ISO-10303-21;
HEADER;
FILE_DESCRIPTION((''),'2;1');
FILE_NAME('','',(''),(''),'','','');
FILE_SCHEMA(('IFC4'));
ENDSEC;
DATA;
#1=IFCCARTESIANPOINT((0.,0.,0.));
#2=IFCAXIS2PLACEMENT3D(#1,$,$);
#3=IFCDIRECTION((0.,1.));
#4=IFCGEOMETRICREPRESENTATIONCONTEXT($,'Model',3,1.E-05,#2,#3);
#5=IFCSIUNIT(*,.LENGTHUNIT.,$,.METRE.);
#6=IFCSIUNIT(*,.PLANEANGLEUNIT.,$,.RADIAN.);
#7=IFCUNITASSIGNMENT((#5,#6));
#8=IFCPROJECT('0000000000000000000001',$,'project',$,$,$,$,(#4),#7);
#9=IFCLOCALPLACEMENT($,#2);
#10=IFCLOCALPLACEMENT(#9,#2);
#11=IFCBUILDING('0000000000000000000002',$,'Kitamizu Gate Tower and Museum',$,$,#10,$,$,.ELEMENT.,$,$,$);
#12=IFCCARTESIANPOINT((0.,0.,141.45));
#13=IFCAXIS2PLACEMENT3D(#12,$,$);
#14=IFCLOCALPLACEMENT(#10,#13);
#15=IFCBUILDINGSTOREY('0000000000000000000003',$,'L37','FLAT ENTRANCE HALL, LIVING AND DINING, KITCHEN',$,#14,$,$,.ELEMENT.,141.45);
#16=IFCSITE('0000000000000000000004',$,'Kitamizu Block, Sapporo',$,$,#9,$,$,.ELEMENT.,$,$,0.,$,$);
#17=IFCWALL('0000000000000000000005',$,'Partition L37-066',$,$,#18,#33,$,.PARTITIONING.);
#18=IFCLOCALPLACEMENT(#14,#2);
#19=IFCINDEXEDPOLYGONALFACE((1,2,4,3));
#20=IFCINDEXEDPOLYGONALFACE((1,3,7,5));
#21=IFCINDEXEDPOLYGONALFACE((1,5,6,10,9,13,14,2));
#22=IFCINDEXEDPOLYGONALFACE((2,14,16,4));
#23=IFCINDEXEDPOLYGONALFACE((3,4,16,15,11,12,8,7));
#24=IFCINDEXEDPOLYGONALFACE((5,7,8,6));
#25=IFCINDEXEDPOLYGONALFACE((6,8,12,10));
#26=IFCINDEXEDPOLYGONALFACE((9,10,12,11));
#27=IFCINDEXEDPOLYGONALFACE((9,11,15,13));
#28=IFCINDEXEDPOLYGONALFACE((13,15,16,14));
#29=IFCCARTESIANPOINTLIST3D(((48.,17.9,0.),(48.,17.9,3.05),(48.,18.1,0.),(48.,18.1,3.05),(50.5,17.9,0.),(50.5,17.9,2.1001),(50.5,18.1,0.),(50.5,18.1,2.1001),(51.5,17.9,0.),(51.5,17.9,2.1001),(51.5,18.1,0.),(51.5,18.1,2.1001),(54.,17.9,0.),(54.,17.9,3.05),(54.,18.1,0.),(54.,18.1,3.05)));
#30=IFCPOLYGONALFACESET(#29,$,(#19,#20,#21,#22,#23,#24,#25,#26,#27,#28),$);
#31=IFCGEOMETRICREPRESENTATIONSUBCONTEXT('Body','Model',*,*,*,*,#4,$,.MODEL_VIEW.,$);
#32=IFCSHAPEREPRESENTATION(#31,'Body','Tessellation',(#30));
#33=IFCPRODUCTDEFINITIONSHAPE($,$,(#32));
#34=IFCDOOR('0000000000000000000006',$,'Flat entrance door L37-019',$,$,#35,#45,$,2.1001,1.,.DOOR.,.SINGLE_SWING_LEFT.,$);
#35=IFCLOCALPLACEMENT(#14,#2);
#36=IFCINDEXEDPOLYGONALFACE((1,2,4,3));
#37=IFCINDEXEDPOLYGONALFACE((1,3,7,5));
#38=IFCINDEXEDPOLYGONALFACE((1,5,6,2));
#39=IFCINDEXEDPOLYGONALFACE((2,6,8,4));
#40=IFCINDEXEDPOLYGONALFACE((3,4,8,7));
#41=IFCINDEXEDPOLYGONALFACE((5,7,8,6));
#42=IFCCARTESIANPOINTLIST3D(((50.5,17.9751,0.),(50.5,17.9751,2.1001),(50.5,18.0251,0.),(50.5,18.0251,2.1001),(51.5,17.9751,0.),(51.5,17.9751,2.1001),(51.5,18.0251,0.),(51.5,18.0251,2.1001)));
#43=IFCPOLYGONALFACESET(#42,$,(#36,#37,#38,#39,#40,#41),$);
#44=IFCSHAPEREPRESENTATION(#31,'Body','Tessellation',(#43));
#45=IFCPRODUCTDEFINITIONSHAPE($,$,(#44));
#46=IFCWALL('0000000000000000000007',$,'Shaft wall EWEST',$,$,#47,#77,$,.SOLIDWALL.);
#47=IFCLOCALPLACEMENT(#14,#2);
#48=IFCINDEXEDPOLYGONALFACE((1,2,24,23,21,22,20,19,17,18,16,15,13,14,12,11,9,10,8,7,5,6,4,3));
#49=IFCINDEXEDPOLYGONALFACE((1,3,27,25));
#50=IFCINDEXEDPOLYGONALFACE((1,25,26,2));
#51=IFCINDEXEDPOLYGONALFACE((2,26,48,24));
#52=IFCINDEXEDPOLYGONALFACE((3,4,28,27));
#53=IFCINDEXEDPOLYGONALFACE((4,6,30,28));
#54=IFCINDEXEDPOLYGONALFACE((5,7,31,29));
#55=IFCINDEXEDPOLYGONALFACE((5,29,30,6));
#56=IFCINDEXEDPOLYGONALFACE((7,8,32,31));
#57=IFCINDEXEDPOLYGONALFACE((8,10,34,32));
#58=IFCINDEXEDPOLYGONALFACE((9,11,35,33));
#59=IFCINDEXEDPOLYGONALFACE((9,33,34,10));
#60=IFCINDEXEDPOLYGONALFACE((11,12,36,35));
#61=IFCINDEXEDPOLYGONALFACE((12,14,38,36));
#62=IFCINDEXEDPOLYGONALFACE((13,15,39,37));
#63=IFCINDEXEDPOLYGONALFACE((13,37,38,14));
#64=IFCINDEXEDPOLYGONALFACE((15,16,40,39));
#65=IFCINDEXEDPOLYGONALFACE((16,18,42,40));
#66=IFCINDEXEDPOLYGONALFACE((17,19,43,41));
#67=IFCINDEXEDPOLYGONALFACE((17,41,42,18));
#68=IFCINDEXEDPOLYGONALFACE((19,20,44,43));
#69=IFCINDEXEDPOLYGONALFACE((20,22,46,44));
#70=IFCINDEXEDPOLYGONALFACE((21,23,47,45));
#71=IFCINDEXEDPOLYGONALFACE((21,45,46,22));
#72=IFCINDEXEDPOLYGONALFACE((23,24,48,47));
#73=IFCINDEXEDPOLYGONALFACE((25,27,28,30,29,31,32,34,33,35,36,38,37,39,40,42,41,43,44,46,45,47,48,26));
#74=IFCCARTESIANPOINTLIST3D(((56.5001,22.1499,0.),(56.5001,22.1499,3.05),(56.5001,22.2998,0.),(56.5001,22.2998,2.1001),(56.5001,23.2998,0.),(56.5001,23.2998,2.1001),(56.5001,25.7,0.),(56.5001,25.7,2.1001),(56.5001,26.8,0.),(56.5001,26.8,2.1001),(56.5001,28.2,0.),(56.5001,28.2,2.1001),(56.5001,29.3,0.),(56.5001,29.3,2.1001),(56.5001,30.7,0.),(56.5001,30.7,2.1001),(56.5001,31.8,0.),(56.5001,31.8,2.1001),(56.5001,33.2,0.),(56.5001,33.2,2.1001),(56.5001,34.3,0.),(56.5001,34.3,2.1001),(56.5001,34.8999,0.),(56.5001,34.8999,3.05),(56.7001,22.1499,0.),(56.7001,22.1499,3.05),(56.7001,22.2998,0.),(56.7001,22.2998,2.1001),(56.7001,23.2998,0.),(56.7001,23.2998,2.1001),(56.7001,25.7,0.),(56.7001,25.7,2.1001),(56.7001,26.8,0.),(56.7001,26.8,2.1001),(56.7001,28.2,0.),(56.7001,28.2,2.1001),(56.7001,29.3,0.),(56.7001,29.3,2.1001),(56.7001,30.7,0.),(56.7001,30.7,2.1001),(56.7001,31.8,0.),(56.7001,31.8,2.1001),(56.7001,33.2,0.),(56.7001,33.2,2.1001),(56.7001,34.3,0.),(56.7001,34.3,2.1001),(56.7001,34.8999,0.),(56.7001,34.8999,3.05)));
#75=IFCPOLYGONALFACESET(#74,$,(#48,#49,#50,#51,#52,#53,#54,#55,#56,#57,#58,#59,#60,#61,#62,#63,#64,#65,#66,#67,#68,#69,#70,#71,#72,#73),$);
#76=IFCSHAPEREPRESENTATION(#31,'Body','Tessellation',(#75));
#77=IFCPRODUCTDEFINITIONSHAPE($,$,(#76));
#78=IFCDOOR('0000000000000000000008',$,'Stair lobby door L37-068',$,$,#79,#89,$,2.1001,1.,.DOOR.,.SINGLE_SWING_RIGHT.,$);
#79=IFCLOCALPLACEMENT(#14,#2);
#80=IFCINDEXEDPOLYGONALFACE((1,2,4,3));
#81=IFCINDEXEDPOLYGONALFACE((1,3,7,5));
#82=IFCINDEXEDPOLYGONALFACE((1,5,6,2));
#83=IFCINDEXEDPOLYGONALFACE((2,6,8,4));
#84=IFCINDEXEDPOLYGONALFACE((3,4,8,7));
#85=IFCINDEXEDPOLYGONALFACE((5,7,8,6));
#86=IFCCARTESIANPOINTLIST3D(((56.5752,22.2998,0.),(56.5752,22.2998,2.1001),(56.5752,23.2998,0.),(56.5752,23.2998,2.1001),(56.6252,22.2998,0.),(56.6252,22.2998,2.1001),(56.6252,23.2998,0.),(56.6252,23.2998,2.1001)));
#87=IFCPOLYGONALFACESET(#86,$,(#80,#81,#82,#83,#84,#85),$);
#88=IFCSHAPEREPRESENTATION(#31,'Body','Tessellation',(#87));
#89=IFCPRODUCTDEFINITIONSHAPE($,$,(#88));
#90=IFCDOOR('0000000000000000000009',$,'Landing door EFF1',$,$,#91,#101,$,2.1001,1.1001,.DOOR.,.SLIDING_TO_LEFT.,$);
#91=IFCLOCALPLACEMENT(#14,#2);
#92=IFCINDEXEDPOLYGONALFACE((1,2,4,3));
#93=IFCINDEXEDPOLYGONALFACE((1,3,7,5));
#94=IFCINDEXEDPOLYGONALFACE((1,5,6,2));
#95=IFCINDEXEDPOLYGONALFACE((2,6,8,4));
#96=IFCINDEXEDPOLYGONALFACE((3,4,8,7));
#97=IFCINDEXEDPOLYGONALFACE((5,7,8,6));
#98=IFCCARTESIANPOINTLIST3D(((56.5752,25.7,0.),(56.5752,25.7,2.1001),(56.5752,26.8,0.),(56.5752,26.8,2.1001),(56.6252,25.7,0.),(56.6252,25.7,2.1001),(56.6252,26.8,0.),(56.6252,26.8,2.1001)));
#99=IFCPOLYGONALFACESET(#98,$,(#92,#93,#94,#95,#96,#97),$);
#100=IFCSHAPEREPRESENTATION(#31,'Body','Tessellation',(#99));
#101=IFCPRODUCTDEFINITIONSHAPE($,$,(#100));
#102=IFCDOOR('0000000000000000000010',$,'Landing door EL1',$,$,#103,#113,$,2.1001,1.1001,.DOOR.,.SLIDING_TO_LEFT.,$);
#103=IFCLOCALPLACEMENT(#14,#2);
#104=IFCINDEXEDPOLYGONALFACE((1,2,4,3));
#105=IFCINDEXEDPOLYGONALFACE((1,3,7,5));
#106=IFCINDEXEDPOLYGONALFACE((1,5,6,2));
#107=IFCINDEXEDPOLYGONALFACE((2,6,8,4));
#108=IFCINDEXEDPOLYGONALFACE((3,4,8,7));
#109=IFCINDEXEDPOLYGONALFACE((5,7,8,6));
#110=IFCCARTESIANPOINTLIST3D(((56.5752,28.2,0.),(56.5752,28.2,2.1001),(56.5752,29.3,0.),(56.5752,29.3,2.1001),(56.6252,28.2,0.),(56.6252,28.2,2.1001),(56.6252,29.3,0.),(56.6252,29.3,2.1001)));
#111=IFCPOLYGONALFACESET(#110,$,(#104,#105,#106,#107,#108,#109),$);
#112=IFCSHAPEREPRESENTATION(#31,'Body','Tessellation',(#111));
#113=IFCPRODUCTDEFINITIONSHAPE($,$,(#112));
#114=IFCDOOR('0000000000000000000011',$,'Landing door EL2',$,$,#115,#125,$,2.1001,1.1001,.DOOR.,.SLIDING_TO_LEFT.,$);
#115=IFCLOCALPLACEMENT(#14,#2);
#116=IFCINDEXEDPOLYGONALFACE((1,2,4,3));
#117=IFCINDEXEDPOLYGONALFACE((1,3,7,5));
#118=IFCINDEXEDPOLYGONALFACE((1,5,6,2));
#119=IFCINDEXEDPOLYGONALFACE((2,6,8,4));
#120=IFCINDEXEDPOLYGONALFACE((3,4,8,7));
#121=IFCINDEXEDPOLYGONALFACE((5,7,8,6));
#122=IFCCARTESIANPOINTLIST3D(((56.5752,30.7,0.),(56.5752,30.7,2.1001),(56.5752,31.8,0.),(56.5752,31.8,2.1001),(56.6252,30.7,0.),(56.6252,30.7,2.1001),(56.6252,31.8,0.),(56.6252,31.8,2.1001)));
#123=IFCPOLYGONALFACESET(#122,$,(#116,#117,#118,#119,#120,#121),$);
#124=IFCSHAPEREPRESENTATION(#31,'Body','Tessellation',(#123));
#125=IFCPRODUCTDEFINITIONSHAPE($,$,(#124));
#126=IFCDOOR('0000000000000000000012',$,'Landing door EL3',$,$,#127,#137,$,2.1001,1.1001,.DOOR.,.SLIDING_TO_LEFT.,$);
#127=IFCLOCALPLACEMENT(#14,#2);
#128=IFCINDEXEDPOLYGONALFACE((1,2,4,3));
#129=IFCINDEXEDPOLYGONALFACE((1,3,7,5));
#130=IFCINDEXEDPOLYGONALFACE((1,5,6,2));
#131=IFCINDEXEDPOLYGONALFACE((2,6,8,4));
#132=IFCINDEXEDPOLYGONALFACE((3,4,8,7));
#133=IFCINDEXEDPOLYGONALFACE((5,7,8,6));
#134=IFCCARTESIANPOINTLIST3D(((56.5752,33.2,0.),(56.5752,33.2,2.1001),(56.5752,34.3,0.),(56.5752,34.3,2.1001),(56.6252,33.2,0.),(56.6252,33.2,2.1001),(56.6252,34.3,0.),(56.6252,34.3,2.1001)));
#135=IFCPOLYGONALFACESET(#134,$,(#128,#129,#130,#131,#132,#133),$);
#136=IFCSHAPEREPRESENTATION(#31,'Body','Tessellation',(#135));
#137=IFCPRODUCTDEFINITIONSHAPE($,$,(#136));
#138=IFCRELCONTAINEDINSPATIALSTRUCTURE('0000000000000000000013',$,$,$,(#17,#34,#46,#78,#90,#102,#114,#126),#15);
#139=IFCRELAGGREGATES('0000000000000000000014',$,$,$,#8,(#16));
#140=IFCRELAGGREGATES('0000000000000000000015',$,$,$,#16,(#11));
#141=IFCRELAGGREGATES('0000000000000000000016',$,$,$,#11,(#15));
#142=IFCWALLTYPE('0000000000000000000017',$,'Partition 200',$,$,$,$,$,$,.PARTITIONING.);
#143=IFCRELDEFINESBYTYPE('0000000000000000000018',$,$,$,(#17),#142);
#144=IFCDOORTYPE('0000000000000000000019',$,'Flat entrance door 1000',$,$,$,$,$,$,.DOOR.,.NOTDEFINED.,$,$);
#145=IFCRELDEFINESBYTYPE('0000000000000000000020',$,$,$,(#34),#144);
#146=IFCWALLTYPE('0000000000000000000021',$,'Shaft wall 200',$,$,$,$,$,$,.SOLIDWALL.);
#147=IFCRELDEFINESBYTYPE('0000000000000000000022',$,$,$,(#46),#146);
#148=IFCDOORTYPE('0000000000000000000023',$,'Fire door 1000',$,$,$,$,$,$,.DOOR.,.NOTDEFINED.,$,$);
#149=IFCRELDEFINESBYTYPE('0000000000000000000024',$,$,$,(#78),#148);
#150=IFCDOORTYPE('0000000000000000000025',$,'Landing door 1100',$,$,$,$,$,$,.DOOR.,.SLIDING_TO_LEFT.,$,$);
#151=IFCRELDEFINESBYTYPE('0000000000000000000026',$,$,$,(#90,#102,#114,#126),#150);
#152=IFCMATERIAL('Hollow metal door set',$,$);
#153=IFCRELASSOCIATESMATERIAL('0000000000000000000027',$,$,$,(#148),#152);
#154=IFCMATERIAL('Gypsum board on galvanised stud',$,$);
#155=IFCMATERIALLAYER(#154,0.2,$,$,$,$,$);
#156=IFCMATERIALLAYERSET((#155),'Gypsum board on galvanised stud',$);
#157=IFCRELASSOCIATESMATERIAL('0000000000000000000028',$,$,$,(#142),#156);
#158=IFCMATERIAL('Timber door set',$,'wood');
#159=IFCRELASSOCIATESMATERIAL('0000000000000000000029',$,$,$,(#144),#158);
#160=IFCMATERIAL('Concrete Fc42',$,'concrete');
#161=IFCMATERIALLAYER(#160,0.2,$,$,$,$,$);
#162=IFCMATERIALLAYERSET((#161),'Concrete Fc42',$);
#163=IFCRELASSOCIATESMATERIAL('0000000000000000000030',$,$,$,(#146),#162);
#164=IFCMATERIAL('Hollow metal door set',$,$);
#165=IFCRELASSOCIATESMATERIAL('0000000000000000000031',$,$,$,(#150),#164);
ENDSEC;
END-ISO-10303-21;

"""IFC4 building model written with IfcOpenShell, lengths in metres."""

from ifc_helpers import new_model, si_unit, direction, frame, frame_2d, origin, place, context, subcontext, project, spatial, rectangle, extrude, material, layer, layer_set, type_object, element, fill, save


model = new_model("IFC4")

# Units and contexts
model_context = context("Model", 3, precision=1e-05, world=origin(), true_north=direction((0.0, 1.0)))
body_context = subcontext(model_context, "Body", "Model", "MODEL_VIEW")
ifc_project = project(units=[si_unit("LENGTHUNIT", "METRE"), si_unit("PLANEANGLEUNIT", "RADIAN")], contexts=[model_context])

# Site, building, storey
site_placement = place(None, origin())
site = spatial("IfcSite", under=ifc_project, at=site_placement, Name="Kitamizu Block, Sapporo", CompositionType="ELEMENT", RefElevation=0.0)
building_placement = place(site_placement, origin())
building = spatial("IfcBuilding", under=site, at=building_placement, Name="Kitamizu Gate Tower and Museum", CompositionType="ELEMENT")
storey_placement = place(building_placement, frame((0.0, 0.0, 141.45)))
storey = spatial("IfcBuildingStorey", under=building, at=storey_placement, Name="L37", Description="FLAT ENTRANCE HALL, LIVING AND DINING, KITCHEN", CompositionType="ELEMENT", Elevation=141.45)

# Shared definitions
ifc_material_1 = material(Name="Hollow metal door set")
door_type_1 = type_object("IfcDoorType", Name="Fire door 1000", OperationType="NOTDEFINED", PredefinedType="DOOR", material=ifc_material_1)

# Wall, opening, door
ifc_material_2 = material(Name="Gypsum board on galvanised stud")
ifc_layer_1 = layer(ifc_material_2, 0.2)
ifc_layer_set_1 = layer_set([ifc_layer_1], Name="Gypsum board on galvanised stud")
wall_type_1 = type_object("IfcWallType", Name="Partition 200", PredefinedType="PARTITIONING", material=ifc_layer_set_1)
wall_1_placement = place(storey_placement, frame((54.0, 18.0, 0.0), z_axis=(0.0, 0.0, 1.0), x_axis=(-1.0, 0.0, 0.0)))
wall_1 = element("IfcWall", 1, at=wall_1_placement, inside=storey, type_object=wall_type_1, Name="Partition L37-066", PredefinedType="PARTITIONING", context=body_context, shape_type="SweptSolid", body=[
    extrude(rectangle(XDim=6.0, YDim=0.2, at=frame_2d((3.0, 0.0))), origin(), (0.0, 0.0, 1.0), 3.05),
])
opening_1_placement = place(wall_1_placement, frame((2.5, 0.0, 0.0)))
opening_1 = element("IfcOpeningElement", 2, at=opening_1_placement, cuts=wall_1, PredefinedType="OPENING", context=body_context, shape_type="SweptSolid", body=[
    extrude(rectangle(XDim=1.0, YDim=2.1001, at=frame_2d((0.5, 1.05))), frame((0.0, 0.1099, 0.0), z_axis=(0.0, -1.0, 0.0), x_axis=(1.0, 0.0, 0.0)), (0.0, 0.0, 1.0), 0.22),
])
ifc_material_3 = material(Name="Timber door set", Category="wood")
door_type_2 = type_object("IfcDoorType", Name="Flat entrance door 1000", OperationType="NOTDEFINED", PredefinedType="DOOR", material=ifc_material_3)
door_1_placement = place(opening_1_placement, origin())
door_1 = element("IfcDoor", 3, at=door_1_placement, inside=storey, type_object=door_type_2, Name="Flat entrance door L37-019", OperationType="SINGLE_SWING_LEFT", OverallHeight=2.1001, OverallWidth=1.0, PredefinedType="DOOR", context=body_context, shape_type="SweptSolid", body=[
    extrude(rectangle(XDim=1.0, YDim=2.1001, at=frame_2d((0.5, 1.05))), frame((0.0, 0.0249, 0.0), z_axis=(0.0, -1.0, 0.0), x_axis=(1.0, 0.0, 0.0)), (0.0, 0.0, 1.0), 0.05),
])
fill(opening_1, door_1)

# Wall, openings, doors
ifc_material_4 = material(Name="Concrete Fc42", Category="concrete")
ifc_layer_2 = layer(ifc_material_4, 0.2)
ifc_layer_set_2 = layer_set([ifc_layer_2], Name="Concrete Fc42")
wall_type_2 = type_object("IfcWallType", Name="Shaft wall 200", PredefinedType="SOLIDWALL", material=ifc_layer_set_2)
wall_2_placement = place(storey_placement, frame((56.6001, 22.1499, 0.0), z_axis=(0.0, 0.0, 1.0), x_axis=(0.0, 1.0, 0.0)))
wall_2 = element("IfcWall", 4, at=wall_2_placement, inside=storey, type_object=wall_type_2, Name="Shaft wall EWEST", PredefinedType="SOLIDWALL", context=body_context, shape_type="SweptSolid", body=[
    extrude(rectangle(XDim=12.75, YDim=0.2, at=frame_2d((6.375, 0.0))), origin(), (0.0, 0.0, 1.0), 3.05),
])
opening_2_placement = place(wall_2_placement, frame((3.55, 0.0, 0.0)))
opening_2 = element("IfcOpeningElement", 5, at=opening_2_placement, cuts=wall_2, PredefinedType="OPENING", context=body_context, shape_type="SweptSolid", body=[
    extrude(rectangle(XDim=1.1001, YDim=2.1001, at=frame_2d((0.55, 1.05))), frame((0.0, 0.1099, 0.0), z_axis=(0.0, -1.0, 0.0), x_axis=(1.0, 0.0, 0.0)), (0.0, 0.0, 1.0), 0.22),
])
opening_3_placement = place(wall_2_placement, frame((6.05, 0.0, 0.0)))
opening_3 = element("IfcOpeningElement", 6, at=opening_3_placement, cuts=wall_2, PredefinedType="OPENING", context=body_context, shape_type="SweptSolid", body=[
    extrude(rectangle(XDim=1.1001, YDim=2.1001, at=frame_2d((0.55, 1.05))), frame((0.0, 0.1099, 0.0), z_axis=(0.0, -1.0, 0.0), x_axis=(1.0, 0.0, 0.0)), (0.0, 0.0, 1.0), 0.22),
])
opening_4_placement = place(wall_2_placement, frame((8.55, 0.0, 0.0)))
opening_4 = element("IfcOpeningElement", 7, at=opening_4_placement, cuts=wall_2, PredefinedType="OPENING", context=body_context, shape_type="SweptSolid", body=[
    extrude(rectangle(XDim=1.1001, YDim=2.1001, at=frame_2d((0.55, 1.05))), frame((0.0, 0.1099, 0.0), z_axis=(0.0, -1.0, 0.0), x_axis=(1.0, 0.0, 0.0)), (0.0, 0.0, 1.0), 0.22),
])
opening_5_placement = place(wall_2_placement, frame((11.05, 0.0, 0.0)))
opening_5 = element("IfcOpeningElement", 8, at=opening_5_placement, cuts=wall_2, PredefinedType="OPENING", context=body_context, shape_type="SweptSolid", body=[
    extrude(rectangle(XDim=1.1001, YDim=2.1001, at=frame_2d((0.55, 1.05))), frame((0.0, 0.1099, 0.0), z_axis=(0.0, -1.0, 0.0), x_axis=(1.0, 0.0, 0.0)), (0.0, 0.0, 1.0), 0.22),
])
opening_6_placement = place(wall_2_placement, frame((0.1499, 0.0, 0.0)))
opening_6 = element("IfcOpeningElement", 9, at=opening_6_placement, cuts=wall_2, PredefinedType="OPENING", context=body_context, shape_type="SweptSolid", body=[
    extrude(rectangle(XDim=1.0, YDim=2.1001, at=frame_2d((0.5, 1.05))), frame((0.0, 0.1099, 0.0), z_axis=(0.0, -1.0, 0.0), x_axis=(1.0, 0.0, 0.0)), (0.0, 0.0, 1.0), 0.22),
])
door_2_placement = place(opening_6_placement, origin())
door_2 = element("IfcDoor", 10, at=door_2_placement, inside=storey, type_object=door_type_1, Name="Stair lobby door L37-068", OperationType="SINGLE_SWING_RIGHT", OverallHeight=2.1001, OverallWidth=1.0, PredefinedType="DOOR", context=body_context, shape_type="SweptSolid", body=[
    extrude(rectangle(XDim=1.0, YDim=2.1001, at=frame_2d((0.5, 1.05))), frame((0.0, 0.0249, 0.0), z_axis=(0.0, -1.0, 0.0), x_axis=(1.0, 0.0, 0.0)), (0.0, 0.0, 1.0), 0.05),
])
fill(opening_6, door_2)
ifc_material_5 = material(Name="Hollow metal door set")
door_type_3 = type_object("IfcDoorType", Name="Landing door 1100", OperationType="SLIDING_TO_LEFT", PredefinedType="DOOR", material=ifc_material_5)
door_3_placement = place(opening_2_placement, origin())
door_3 = element("IfcDoor", 11, at=door_3_placement, inside=storey, type_object=door_type_3, Name="Landing door EFF1", OperationType="SLIDING_TO_LEFT", OverallHeight=2.1001, OverallWidth=1.1001, PredefinedType="DOOR", context=body_context, shape_type="SweptSolid", body=[
    extrude(rectangle(XDim=1.1001, YDim=2.1001, at=frame_2d((0.55, 1.05))), frame((0.0, 0.0249, 0.0), z_axis=(0.0, -1.0, 0.0), x_axis=(1.0, 0.0, 0.0)), (0.0, 0.0, 1.0), 0.05),
])
fill(opening_2, door_3)
door_4_placement = place(opening_3_placement, origin())
door_4 = element("IfcDoor", 12, at=door_4_placement, inside=storey, type_object=door_type_3, Name="Landing door EL1", OperationType="SLIDING_TO_LEFT", OverallHeight=2.1001, OverallWidth=1.1001, PredefinedType="DOOR", context=body_context, shape_type="SweptSolid", body=[
    extrude(rectangle(XDim=1.1001, YDim=2.1001, at=frame_2d((0.55, 1.05))), frame((0.0, 0.0249, 0.0), z_axis=(0.0, -1.0, 0.0), x_axis=(1.0, 0.0, 0.0)), (0.0, 0.0, 1.0), 0.05),
])
fill(opening_3, door_4)
door_5_placement = place(opening_4_placement, origin())
door_5 = element("IfcDoor", 13, at=door_5_placement, inside=storey, type_object=door_type_3, Name="Landing door EL2", OperationType="SLIDING_TO_LEFT", OverallHeight=2.1001, OverallWidth=1.1001, PredefinedType="DOOR", context=body_context, shape_type="SweptSolid", body=[
    extrude(rectangle(XDim=1.1001, YDim=2.1001, at=frame_2d((0.55, 1.05))), frame((0.0, 0.0249, 0.0), z_axis=(0.0, -1.0, 0.0), x_axis=(1.0, 0.0, 0.0)), (0.0, 0.0, 1.0), 0.05),
])
fill(opening_4, door_5)
door_6_placement = place(opening_5_placement, origin())
door_6 = element("IfcDoor", 14, at=door_6_placement, inside=storey, type_object=door_type_3, Name="Landing door EL3", OperationType="SLIDING_TO_LEFT", OverallHeight=2.1001, OverallWidth=1.1001, PredefinedType="DOOR", context=body_context, shape_type="SweptSolid", body=[
    extrude(rectangle(XDim=1.1001, YDim=2.1001, at=frame_2d((0.55, 1.05))), frame((0.0, 0.0249, 0.0), z_axis=(0.0, -1.0, 0.0), x_axis=(1.0, 0.0, 0.0)), (0.0, 0.0, 1.0), 0.05),
])
fill(opening_5, door_6)

save(model, "model.ifc")
